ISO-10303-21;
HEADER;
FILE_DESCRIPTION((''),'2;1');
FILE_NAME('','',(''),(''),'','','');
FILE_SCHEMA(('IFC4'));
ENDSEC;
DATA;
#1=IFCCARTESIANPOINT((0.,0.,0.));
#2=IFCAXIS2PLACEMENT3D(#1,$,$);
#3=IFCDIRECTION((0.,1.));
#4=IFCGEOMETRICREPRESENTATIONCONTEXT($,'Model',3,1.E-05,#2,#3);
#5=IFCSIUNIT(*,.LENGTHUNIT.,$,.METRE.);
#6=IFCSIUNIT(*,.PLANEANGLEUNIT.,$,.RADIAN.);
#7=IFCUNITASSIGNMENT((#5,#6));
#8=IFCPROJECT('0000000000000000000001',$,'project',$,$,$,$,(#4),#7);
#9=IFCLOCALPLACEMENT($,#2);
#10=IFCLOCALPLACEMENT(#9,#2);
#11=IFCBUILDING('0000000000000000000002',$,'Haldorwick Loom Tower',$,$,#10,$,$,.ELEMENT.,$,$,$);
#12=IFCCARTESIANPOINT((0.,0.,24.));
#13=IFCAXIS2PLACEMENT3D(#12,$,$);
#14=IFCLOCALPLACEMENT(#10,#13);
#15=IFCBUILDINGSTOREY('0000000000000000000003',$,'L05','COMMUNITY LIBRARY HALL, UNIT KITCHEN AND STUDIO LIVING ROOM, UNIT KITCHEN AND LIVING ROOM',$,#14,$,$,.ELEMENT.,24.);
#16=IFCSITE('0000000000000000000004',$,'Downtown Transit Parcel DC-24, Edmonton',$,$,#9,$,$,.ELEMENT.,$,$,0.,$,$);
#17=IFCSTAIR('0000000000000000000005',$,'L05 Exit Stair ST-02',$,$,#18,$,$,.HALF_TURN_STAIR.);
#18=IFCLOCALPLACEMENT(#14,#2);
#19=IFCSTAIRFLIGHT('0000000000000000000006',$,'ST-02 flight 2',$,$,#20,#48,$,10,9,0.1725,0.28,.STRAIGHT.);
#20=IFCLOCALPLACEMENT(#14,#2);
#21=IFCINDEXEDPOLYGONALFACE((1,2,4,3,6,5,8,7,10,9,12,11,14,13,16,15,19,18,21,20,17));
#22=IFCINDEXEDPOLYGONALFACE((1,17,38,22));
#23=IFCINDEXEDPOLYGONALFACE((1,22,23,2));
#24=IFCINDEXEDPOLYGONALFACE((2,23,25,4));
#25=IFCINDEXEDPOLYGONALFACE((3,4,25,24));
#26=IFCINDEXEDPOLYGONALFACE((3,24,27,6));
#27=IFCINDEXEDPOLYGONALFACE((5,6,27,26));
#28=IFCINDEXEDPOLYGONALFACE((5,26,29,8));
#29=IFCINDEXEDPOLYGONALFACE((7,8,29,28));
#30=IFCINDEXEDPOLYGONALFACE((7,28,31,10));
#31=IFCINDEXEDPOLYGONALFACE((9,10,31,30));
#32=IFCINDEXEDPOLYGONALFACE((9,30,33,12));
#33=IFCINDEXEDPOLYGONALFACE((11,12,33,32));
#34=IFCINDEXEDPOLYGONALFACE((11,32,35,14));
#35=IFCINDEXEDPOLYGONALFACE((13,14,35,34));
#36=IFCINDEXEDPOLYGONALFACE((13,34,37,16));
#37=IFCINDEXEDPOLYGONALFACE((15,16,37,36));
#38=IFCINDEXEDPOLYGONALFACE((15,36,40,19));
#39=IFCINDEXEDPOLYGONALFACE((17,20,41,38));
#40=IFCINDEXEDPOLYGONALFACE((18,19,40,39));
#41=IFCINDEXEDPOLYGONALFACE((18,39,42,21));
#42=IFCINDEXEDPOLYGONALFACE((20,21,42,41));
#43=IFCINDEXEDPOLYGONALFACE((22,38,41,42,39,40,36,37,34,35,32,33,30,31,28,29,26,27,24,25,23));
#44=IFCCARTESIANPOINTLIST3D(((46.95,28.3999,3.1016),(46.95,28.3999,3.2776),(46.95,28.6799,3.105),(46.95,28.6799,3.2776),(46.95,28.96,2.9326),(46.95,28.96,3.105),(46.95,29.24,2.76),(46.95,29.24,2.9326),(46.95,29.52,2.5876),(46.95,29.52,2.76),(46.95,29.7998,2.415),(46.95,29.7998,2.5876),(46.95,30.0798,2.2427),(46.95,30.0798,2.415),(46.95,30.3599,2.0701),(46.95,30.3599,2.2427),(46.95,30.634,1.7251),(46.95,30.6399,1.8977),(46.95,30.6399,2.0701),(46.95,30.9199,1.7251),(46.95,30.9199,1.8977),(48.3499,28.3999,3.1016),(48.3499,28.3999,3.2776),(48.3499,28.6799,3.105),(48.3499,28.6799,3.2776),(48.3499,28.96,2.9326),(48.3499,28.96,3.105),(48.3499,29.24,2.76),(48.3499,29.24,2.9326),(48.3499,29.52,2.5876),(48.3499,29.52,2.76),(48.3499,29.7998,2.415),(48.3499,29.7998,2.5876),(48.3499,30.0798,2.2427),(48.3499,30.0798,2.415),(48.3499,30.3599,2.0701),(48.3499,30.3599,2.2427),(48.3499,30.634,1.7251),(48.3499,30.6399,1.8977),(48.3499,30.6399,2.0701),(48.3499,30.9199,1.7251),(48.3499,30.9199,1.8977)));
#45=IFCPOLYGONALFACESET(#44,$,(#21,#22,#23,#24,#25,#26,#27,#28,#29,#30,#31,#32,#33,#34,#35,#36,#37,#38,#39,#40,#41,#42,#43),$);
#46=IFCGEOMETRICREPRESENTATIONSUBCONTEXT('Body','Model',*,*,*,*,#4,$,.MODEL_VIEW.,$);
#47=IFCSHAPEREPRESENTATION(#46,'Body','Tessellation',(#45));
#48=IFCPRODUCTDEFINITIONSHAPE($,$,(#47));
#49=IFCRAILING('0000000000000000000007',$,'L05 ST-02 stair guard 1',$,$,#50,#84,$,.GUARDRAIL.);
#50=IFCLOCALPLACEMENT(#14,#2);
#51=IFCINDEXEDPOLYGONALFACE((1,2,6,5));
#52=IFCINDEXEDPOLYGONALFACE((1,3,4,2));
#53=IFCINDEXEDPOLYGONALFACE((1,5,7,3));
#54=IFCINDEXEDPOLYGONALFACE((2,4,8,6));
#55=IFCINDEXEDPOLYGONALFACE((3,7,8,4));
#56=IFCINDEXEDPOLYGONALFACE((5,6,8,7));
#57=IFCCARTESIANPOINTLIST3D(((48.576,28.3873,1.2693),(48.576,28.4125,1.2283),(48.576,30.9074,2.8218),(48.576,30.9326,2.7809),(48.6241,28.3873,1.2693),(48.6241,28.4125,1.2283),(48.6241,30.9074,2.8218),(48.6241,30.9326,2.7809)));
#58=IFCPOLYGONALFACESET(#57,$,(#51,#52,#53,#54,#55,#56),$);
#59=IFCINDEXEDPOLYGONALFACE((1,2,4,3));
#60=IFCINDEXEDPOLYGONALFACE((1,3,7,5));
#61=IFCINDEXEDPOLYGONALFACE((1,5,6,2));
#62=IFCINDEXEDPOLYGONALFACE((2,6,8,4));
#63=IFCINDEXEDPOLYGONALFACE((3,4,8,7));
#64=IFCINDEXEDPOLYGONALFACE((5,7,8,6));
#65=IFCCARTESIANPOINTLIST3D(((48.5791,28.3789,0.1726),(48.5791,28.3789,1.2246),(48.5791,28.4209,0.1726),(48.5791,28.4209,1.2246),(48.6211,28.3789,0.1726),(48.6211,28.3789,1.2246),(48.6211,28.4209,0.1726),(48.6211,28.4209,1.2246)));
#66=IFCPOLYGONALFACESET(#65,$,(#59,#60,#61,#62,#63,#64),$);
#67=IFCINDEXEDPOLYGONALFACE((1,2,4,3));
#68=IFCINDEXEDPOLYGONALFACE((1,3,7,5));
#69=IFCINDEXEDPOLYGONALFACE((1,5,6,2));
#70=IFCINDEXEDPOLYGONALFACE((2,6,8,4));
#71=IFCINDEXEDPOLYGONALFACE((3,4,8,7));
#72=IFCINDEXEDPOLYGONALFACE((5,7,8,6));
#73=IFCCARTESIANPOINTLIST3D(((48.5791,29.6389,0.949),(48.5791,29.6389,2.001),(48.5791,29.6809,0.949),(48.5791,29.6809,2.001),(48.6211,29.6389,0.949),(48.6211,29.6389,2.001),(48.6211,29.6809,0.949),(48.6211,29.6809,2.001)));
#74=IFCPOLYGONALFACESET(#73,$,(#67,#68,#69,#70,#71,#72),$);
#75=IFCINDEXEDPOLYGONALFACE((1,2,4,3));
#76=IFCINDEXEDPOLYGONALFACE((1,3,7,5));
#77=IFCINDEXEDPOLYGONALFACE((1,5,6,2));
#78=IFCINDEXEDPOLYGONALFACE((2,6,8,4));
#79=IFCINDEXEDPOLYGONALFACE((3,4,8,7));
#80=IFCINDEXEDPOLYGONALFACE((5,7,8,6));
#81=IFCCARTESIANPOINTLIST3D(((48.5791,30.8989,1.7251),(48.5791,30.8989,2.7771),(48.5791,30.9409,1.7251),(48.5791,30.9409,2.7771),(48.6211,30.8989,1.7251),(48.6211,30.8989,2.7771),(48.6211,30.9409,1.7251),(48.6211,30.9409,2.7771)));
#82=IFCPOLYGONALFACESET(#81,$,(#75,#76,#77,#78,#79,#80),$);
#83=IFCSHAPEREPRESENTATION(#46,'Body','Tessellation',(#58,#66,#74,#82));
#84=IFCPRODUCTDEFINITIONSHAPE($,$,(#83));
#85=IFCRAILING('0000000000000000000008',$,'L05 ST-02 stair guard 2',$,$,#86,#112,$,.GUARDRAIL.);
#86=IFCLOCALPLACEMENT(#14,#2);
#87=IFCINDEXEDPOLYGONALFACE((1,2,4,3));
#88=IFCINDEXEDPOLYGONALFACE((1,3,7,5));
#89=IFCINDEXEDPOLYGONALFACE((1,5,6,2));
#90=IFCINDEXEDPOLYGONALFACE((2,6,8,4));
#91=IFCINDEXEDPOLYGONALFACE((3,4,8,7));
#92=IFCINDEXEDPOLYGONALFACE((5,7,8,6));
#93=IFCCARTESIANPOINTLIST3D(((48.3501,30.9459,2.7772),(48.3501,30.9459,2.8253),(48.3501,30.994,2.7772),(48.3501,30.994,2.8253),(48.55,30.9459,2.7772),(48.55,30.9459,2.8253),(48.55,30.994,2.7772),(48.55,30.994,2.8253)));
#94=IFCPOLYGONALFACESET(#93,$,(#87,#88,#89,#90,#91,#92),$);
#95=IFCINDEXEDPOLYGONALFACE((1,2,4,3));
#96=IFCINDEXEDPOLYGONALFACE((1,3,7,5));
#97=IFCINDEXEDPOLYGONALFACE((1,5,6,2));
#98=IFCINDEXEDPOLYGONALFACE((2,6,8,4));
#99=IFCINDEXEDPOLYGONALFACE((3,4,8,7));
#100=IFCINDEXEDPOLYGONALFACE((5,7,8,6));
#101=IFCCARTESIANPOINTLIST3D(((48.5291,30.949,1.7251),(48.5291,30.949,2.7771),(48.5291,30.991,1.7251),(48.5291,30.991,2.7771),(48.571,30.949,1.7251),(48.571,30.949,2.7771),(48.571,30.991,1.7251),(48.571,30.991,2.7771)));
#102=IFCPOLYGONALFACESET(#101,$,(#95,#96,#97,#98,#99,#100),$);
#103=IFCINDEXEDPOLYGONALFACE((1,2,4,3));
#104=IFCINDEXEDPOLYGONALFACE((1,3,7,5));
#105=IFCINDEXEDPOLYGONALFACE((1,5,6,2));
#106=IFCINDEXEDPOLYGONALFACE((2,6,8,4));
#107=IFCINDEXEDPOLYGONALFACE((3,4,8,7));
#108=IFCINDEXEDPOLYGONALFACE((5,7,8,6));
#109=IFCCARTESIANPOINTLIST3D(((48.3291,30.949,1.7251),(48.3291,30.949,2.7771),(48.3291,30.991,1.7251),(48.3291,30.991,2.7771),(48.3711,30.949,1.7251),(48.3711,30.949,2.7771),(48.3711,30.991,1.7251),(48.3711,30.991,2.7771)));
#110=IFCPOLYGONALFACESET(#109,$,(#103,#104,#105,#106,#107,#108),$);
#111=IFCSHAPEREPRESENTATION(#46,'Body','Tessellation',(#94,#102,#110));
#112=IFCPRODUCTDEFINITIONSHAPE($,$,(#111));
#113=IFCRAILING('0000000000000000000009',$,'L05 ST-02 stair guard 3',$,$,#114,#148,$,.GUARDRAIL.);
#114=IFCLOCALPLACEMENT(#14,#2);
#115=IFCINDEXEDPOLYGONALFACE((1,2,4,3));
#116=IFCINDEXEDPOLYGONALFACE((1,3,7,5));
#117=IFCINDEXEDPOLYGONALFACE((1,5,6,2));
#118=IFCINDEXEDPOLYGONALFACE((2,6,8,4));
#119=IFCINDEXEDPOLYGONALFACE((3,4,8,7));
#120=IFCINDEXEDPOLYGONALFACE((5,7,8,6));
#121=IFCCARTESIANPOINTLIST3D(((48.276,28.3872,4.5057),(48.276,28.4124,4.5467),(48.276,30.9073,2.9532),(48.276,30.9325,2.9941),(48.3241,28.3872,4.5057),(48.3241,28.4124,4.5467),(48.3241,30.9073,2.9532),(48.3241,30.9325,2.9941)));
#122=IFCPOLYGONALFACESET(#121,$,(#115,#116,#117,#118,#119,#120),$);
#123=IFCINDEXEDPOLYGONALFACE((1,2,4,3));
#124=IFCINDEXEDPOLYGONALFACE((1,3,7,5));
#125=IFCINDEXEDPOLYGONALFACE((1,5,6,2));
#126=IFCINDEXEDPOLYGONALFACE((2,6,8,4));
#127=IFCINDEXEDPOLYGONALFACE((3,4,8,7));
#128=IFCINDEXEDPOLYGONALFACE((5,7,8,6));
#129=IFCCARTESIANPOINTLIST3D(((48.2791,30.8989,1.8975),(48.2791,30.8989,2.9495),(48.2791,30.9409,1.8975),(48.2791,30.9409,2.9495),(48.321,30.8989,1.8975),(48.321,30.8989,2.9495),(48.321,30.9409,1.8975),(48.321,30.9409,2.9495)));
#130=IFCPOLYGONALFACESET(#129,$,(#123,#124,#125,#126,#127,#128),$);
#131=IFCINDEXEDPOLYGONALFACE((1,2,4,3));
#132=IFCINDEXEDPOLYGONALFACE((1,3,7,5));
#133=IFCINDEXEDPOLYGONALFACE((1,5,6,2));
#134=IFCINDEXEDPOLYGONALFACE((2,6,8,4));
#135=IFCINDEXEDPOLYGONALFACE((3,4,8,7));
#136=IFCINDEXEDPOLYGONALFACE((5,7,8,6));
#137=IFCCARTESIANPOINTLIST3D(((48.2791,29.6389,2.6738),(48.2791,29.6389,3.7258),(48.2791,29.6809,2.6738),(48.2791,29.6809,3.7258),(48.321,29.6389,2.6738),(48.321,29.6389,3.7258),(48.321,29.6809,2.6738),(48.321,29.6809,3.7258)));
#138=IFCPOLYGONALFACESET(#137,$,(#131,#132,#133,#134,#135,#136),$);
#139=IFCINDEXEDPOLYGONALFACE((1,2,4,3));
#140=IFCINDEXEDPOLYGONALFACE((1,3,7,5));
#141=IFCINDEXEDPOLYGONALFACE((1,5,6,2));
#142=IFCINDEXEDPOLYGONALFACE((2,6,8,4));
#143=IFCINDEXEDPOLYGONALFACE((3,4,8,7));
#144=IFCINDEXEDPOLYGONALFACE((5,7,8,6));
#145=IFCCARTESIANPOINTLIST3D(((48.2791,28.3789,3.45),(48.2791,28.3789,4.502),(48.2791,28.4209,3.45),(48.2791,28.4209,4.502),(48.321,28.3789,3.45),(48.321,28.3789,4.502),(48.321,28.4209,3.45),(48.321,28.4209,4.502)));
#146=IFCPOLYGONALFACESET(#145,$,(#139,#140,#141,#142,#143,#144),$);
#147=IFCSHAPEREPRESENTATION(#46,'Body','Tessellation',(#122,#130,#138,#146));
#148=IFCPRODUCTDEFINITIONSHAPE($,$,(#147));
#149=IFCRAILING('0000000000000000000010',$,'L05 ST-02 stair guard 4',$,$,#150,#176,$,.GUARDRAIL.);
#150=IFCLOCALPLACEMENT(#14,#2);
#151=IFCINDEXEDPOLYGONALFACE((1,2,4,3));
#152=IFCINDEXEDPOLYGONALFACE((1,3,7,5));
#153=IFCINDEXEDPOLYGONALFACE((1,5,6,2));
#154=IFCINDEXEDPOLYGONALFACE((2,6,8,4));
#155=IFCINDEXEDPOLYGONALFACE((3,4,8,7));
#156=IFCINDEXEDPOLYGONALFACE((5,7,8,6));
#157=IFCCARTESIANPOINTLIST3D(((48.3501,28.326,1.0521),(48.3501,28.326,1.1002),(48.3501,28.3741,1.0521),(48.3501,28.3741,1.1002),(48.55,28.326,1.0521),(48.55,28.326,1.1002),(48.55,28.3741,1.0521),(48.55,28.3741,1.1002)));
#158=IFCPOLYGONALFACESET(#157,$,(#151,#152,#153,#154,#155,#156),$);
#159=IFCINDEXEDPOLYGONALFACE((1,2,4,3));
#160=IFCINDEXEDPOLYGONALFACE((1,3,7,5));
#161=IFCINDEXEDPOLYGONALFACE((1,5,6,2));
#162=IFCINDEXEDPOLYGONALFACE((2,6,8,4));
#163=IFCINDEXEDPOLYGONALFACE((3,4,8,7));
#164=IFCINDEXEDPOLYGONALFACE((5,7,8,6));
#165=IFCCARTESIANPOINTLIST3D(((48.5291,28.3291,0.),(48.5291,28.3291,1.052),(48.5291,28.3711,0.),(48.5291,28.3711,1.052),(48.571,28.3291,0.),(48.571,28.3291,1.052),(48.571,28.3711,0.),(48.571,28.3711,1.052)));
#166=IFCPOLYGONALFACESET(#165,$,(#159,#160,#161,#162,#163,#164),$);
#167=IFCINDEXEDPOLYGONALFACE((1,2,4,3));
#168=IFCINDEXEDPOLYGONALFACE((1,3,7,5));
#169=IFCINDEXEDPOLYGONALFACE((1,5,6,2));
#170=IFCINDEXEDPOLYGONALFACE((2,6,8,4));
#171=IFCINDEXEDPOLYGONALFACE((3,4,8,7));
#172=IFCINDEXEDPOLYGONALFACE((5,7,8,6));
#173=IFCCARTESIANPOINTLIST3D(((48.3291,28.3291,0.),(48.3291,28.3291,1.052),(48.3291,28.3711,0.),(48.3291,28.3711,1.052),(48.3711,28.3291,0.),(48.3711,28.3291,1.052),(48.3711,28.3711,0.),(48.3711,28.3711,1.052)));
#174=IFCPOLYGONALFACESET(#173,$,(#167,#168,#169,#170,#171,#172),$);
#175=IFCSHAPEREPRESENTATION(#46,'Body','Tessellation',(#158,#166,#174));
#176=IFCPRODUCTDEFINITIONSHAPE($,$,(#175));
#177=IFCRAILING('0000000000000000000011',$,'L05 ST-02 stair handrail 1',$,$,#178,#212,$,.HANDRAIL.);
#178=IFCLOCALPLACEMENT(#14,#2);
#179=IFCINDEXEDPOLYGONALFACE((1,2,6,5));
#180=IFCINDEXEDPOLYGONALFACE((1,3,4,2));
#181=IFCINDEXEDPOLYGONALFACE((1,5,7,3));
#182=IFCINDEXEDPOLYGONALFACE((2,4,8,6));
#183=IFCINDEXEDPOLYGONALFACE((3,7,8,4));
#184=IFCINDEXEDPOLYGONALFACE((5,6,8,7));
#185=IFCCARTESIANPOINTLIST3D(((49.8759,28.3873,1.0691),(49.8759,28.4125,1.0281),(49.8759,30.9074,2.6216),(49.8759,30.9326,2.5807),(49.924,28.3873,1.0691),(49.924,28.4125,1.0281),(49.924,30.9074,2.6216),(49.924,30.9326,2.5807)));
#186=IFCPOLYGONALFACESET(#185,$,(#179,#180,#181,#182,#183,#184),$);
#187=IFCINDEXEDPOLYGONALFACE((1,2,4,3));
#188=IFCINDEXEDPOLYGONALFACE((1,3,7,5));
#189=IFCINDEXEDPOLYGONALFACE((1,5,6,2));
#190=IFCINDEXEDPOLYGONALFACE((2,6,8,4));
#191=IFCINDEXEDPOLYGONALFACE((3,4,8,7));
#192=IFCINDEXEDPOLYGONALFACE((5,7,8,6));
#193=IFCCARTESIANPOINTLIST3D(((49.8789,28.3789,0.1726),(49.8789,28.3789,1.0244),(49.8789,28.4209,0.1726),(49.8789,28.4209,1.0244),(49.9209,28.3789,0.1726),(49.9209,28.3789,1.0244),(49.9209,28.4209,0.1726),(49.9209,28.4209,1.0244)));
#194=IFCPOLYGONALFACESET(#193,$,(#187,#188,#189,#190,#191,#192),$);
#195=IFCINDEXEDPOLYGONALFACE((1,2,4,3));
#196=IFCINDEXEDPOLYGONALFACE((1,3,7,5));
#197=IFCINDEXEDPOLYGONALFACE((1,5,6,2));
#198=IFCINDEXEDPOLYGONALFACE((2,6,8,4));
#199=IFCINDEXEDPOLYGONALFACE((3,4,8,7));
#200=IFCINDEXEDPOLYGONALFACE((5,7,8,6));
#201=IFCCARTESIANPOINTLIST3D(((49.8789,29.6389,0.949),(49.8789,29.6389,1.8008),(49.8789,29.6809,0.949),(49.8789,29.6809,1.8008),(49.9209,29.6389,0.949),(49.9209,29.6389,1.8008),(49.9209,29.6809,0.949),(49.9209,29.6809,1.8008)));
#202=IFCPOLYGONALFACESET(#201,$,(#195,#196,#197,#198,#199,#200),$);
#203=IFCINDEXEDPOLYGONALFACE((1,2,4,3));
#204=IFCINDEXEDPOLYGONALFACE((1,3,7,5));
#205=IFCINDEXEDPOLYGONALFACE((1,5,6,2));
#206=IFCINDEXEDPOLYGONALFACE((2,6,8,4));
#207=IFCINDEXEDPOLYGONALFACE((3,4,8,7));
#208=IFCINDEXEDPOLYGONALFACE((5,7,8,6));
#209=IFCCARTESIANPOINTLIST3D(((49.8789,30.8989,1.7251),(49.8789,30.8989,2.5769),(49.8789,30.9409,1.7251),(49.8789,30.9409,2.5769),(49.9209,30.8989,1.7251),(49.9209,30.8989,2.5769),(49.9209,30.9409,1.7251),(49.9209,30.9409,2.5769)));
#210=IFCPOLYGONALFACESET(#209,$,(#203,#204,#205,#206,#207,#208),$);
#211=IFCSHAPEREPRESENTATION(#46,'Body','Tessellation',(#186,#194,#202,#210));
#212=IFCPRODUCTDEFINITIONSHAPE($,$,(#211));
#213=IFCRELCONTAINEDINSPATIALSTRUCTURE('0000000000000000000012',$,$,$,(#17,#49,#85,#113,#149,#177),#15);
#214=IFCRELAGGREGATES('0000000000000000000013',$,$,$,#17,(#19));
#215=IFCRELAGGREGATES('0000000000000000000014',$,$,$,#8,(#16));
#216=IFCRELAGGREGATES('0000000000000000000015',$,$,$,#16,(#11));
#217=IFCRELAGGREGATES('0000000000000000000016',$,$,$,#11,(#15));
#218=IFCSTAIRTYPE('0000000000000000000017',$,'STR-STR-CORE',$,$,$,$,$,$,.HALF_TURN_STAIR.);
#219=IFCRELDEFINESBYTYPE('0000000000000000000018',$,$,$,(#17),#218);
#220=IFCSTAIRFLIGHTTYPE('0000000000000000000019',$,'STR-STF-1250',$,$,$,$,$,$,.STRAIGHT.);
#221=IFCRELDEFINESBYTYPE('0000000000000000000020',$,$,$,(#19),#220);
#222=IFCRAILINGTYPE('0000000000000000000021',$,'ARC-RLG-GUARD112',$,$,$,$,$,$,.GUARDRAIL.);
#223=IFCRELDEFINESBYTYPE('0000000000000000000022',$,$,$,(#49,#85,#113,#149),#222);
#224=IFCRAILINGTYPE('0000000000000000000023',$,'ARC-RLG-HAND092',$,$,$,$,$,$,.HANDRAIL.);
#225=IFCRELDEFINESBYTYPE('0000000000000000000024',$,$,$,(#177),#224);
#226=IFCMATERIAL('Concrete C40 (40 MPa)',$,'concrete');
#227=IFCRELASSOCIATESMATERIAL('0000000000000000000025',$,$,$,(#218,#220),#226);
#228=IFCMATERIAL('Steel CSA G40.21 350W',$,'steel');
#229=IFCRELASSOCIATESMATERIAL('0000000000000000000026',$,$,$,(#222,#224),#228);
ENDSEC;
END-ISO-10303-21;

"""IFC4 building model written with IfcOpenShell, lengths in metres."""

from ifc_helpers import new_model, si_unit, direction, frame, origin, origin_2d, place, context, subcontext, project, spatial, polyline, rectangle, outline, extrude, material, type_object, element, aggregate, save


model = new_model("IFC4")

# Units and contexts
model_context = context("Model", 3, precision=1e-05, world=origin(), true_north=direction((0.0, 1.0)))
body_context = subcontext(model_context, "Body", "Model", "MODEL_VIEW")
ifc_project = project(units=[si_unit("LENGTHUNIT", "METRE"), si_unit("PLANEANGLEUNIT", "RADIAN")], contexts=[model_context])

# Site, building, storey
site_placement = place(None, origin())
site = spatial("IfcSite", under=ifc_project, at=site_placement, Name="Downtown Transit Parcel DC-24, Edmonton", CompositionType="ELEMENT", RefElevation=0.0)
building_placement = place(site_placement, origin())
building = spatial("IfcBuilding", under=site, at=building_placement, Name="Haldorwick Loom Tower", CompositionType="ELEMENT")
storey_placement = place(building_placement, frame((0.0, 0.0, 24.0)))
storey = spatial("IfcBuildingStorey", under=building, at=storey_placement, Name="L05", Description="COMMUNITY LIBRARY HALL, UNIT KITCHEN AND STUDIO LIVING ROOM, UNIT KITCHEN AND LIVING ROOM", CompositionType="ELEMENT", Elevation=24.0)

# Stair, stair flight
ifc_material_1 = material(Name="Concrete C40 (40 MPa)", Category="concrete")
stair_type = type_object("IfcStairType", Name="STR-STR-CORE", PredefinedType="HALF_TURN_STAIR", material=ifc_material_1)
stair_placement = place(storey_placement, origin())
stair = element("IfcStair", 1, at=stair_placement, inside=storey, type_object=stair_type, Name="L05 Exit Stair ST-02", PredefinedType="HALF_TURN_STAIR")
stair_flight_type = type_object("IfcStairFlightType", Name="STR-STF-1250", PredefinedType="STRAIGHT", material=ifc_material_1)
stair_flight_1_placement = place(storey_placement, frame((47.6499, 30.9199, 1.7251), z_axis=(0.0, 0.0, 1.0), x_axis=(0.0, -1.0, 0.0)))
stair_flight_1 = element("IfcStairFlight", 2, at=stair_flight_1_placement, type_object=stair_flight_type, Name="ST-02 flight 2", NumberOfRisers=10, NumberOfTreads=9, PredefinedType="STRAIGHT", RiserHeight=0.1725, TreadLength=0.28, context=body_context, shape_type="SweptSolid", body=[
    extrude(outline(polyline([(0.0, 0.0), (0.0, 0.1726), (0.28, 0.1726), (0.28, 0.345), (0.5601, 0.345), (0.5601, 0.5176), (0.8401, 0.5176), (0.8401, 0.6899), (1.1201, 0.6899), (1.1201, 0.8625), (1.3999, 0.8625), (1.3999, 1.0349), (1.6799, 1.0349), (1.6799, 1.2075), (1.96, 1.2075), (1.96, 1.3799), (2.24, 1.3799), (2.24, 1.5525), (2.52, 1.5525), (2.52, 1.7251), (2.52, 1.3765), (0.2859, 0.0), (0.0, 0.0)])), frame((0.0, 0.7, 0.0), z_axis=(0.0, -1.0, 0.0), x_axis=(1.0, 0.0, 0.0)), (0.0, 0.0, 1.0), 1.3999),
])
aggregate(stair, [stair_flight_1])

# Railings
ifc_material_2 = material(Name="Steel CSA G40.21 350W", Category="steel")
railing_type_1 = type_object("IfcRailingType", Name="ARC-RLG-GUARD112", PredefinedType="GUARDRAIL", material=ifc_material_2)
railing_1_placement = place(storey_placement, frame((48.6001, 28.3999, 0.1726)))
element("IfcRailing", 3, at=railing_1_placement, inside=storey, type_object=railing_type_1, Name="L05 ST-02 stair guard 1", PredefinedType="GUARDRAIL", context=body_context, shape_type="SweptSolid", body=[
    extrude(rectangle(XDim=0.0481, YDim=0.0481, at=origin_2d()), frame((0.0, 0.0, 1.0762), z_axis=(0.0, 0.8514, 0.524516), x_axis=(-1.0, 0.0, 0.0)), (0.0, 0.0, 1.0), 2.96),
    extrude(rectangle(XDim=0.042, YDim=0.042, at=origin_2d()), origin(), (0.0, 0.0, 1.0), 1.052),
    extrude(rectangle(XDim=0.042, YDim=0.042, at=origin_2d()), frame((0.0, 1.26, 0.7764)), (0.0, 0.0, 1.0), 1.052),
    extrude(rectangle(XDim=0.042, YDim=0.042, at=origin_2d()), frame((0.0, 2.52, 1.5525)), (0.0, 0.0, 1.0), 1.052),
])
railing_2_placement = place(storey_placement, frame((48.55, 30.97, 1.7251)))
element("IfcRailing", 4, at=railing_2_placement, inside=storey, type_object=railing_type_1, Name="L05 ST-02 stair guard 2", PredefinedType="GUARDRAIL", context=body_context, shape_type="SweptSolid", body=[
    extrude(rectangle(XDim=0.0481, YDim=0.0481, at=origin_2d()), frame((0.0, 0.0, 1.0762), z_axis=(-1.0, 0.0, 0.0), x_axis=(0.0, -1.0, 0.0)), (0.0, 0.0, 1.0), 0.2),
    extrude(rectangle(XDim=0.042, YDim=0.042, at=origin_2d()), origin(), (0.0, 0.0, 1.0), 1.052),
    extrude(rectangle(XDim=0.042, YDim=0.042, at=origin_2d()), frame((-0.2, 0.0, 0.0)), (0.0, 0.0, 1.0), 1.052),
])
railing_3_placement = place(storey_placement, frame((48.3, 30.9199, 1.8975)))
element("IfcRailing", 5, at=railing_3_placement, inside=storey, type_object=railing_type_1, Name="L05 ST-02 stair guard 3", PredefinedType="GUARDRAIL", context=body_context, shape_type="SweptSolid", body=[
    extrude(rectangle(XDim=0.0481, YDim=0.0481, at=origin_2d()), frame((0.0, 0.0, 1.0762), z_axis=(0.0, -0.8514, 0.524516), x_axis=(1.0, 0.0, 0.0)), (0.0, 0.0, 1.0), 2.96),
    extrude(rectangle(XDim=0.042, YDim=0.042, at=origin_2d()), origin(), (0.0, 0.0, 1.0), 1.052),
    extrude(rectangle(XDim=0.042, YDim=0.042, at=origin_2d()), frame((0.0, -1.26, 0.7764)), (0.0, 0.0, 1.0), 1.052),
    extrude(rectangle(XDim=0.042, YDim=0.042, at=origin_2d()), frame((0.0, -2.52, 1.5525)), (0.0, 0.0, 1.0), 1.052),
])
railing_4_placement = place(storey_placement, frame((48.55, 28.3501, 0.0)))
element("IfcRailing", 6, at=railing_4_placement, inside=storey, type_object=railing_type_1, Name="L05 ST-02 stair guard 4", PredefinedType="GUARDRAIL", context=body_context, shape_type="SweptSolid", body=[
    extrude(rectangle(XDim=0.0481, YDim=0.0481, at=origin_2d()), frame((0.0, 0.0, 1.0762), z_axis=(-1.0, 0.0, 0.0), x_axis=(0.0, -1.0, 0.0)), (0.0, 0.0, 1.0), 0.2),
    extrude(rectangle(XDim=0.042, YDim=0.042, at=origin_2d()), origin(), (0.0, 0.0, 1.0), 1.052),
    extrude(rectangle(XDim=0.042, YDim=0.042, at=origin_2d()), frame((-0.2, 0.0, 0.0)), (0.0, 0.0, 1.0), 1.052),
])
railing_type_2 = type_object("IfcRailingType", Name="ARC-RLG-HAND092", PredefinedType="HANDRAIL", material=ifc_material_2)
railing_5_placement = place(storey_placement, frame((49.8999, 28.3999, 0.1726)))
element("IfcRailing", 7, at=railing_5_placement, inside=storey, type_object=railing_type_2, Name="L05 ST-02 stair handrail 1", PredefinedType="HANDRAIL", context=body_context, shape_type="SweptSolid", body=[
    extrude(rectangle(XDim=0.0481, YDim=0.0481, at=origin_2d()), frame((0.0, 0.0, 0.876), z_axis=(0.0, 0.8514, 0.524516), x_axis=(-1.0, 0.0, 0.0)), (0.0, 0.0, 1.0), 2.96),
    extrude(rectangle(XDim=0.042, YDim=0.042, at=origin_2d()), origin(), (0.0, 0.0, 1.0), 0.8518),
    extrude(rectangle(XDim=0.042, YDim=0.042, at=origin_2d()), frame((0.0, 1.26, 0.7764)), (0.0, 0.0, 1.0), 0.8518),
    extrude(rectangle(XDim=0.042, YDim=0.042, at=origin_2d()), frame((0.0, 2.52, 1.5525)), (0.0, 0.0, 1.0), 0.8518),
])

save(model, "model.ifc")
